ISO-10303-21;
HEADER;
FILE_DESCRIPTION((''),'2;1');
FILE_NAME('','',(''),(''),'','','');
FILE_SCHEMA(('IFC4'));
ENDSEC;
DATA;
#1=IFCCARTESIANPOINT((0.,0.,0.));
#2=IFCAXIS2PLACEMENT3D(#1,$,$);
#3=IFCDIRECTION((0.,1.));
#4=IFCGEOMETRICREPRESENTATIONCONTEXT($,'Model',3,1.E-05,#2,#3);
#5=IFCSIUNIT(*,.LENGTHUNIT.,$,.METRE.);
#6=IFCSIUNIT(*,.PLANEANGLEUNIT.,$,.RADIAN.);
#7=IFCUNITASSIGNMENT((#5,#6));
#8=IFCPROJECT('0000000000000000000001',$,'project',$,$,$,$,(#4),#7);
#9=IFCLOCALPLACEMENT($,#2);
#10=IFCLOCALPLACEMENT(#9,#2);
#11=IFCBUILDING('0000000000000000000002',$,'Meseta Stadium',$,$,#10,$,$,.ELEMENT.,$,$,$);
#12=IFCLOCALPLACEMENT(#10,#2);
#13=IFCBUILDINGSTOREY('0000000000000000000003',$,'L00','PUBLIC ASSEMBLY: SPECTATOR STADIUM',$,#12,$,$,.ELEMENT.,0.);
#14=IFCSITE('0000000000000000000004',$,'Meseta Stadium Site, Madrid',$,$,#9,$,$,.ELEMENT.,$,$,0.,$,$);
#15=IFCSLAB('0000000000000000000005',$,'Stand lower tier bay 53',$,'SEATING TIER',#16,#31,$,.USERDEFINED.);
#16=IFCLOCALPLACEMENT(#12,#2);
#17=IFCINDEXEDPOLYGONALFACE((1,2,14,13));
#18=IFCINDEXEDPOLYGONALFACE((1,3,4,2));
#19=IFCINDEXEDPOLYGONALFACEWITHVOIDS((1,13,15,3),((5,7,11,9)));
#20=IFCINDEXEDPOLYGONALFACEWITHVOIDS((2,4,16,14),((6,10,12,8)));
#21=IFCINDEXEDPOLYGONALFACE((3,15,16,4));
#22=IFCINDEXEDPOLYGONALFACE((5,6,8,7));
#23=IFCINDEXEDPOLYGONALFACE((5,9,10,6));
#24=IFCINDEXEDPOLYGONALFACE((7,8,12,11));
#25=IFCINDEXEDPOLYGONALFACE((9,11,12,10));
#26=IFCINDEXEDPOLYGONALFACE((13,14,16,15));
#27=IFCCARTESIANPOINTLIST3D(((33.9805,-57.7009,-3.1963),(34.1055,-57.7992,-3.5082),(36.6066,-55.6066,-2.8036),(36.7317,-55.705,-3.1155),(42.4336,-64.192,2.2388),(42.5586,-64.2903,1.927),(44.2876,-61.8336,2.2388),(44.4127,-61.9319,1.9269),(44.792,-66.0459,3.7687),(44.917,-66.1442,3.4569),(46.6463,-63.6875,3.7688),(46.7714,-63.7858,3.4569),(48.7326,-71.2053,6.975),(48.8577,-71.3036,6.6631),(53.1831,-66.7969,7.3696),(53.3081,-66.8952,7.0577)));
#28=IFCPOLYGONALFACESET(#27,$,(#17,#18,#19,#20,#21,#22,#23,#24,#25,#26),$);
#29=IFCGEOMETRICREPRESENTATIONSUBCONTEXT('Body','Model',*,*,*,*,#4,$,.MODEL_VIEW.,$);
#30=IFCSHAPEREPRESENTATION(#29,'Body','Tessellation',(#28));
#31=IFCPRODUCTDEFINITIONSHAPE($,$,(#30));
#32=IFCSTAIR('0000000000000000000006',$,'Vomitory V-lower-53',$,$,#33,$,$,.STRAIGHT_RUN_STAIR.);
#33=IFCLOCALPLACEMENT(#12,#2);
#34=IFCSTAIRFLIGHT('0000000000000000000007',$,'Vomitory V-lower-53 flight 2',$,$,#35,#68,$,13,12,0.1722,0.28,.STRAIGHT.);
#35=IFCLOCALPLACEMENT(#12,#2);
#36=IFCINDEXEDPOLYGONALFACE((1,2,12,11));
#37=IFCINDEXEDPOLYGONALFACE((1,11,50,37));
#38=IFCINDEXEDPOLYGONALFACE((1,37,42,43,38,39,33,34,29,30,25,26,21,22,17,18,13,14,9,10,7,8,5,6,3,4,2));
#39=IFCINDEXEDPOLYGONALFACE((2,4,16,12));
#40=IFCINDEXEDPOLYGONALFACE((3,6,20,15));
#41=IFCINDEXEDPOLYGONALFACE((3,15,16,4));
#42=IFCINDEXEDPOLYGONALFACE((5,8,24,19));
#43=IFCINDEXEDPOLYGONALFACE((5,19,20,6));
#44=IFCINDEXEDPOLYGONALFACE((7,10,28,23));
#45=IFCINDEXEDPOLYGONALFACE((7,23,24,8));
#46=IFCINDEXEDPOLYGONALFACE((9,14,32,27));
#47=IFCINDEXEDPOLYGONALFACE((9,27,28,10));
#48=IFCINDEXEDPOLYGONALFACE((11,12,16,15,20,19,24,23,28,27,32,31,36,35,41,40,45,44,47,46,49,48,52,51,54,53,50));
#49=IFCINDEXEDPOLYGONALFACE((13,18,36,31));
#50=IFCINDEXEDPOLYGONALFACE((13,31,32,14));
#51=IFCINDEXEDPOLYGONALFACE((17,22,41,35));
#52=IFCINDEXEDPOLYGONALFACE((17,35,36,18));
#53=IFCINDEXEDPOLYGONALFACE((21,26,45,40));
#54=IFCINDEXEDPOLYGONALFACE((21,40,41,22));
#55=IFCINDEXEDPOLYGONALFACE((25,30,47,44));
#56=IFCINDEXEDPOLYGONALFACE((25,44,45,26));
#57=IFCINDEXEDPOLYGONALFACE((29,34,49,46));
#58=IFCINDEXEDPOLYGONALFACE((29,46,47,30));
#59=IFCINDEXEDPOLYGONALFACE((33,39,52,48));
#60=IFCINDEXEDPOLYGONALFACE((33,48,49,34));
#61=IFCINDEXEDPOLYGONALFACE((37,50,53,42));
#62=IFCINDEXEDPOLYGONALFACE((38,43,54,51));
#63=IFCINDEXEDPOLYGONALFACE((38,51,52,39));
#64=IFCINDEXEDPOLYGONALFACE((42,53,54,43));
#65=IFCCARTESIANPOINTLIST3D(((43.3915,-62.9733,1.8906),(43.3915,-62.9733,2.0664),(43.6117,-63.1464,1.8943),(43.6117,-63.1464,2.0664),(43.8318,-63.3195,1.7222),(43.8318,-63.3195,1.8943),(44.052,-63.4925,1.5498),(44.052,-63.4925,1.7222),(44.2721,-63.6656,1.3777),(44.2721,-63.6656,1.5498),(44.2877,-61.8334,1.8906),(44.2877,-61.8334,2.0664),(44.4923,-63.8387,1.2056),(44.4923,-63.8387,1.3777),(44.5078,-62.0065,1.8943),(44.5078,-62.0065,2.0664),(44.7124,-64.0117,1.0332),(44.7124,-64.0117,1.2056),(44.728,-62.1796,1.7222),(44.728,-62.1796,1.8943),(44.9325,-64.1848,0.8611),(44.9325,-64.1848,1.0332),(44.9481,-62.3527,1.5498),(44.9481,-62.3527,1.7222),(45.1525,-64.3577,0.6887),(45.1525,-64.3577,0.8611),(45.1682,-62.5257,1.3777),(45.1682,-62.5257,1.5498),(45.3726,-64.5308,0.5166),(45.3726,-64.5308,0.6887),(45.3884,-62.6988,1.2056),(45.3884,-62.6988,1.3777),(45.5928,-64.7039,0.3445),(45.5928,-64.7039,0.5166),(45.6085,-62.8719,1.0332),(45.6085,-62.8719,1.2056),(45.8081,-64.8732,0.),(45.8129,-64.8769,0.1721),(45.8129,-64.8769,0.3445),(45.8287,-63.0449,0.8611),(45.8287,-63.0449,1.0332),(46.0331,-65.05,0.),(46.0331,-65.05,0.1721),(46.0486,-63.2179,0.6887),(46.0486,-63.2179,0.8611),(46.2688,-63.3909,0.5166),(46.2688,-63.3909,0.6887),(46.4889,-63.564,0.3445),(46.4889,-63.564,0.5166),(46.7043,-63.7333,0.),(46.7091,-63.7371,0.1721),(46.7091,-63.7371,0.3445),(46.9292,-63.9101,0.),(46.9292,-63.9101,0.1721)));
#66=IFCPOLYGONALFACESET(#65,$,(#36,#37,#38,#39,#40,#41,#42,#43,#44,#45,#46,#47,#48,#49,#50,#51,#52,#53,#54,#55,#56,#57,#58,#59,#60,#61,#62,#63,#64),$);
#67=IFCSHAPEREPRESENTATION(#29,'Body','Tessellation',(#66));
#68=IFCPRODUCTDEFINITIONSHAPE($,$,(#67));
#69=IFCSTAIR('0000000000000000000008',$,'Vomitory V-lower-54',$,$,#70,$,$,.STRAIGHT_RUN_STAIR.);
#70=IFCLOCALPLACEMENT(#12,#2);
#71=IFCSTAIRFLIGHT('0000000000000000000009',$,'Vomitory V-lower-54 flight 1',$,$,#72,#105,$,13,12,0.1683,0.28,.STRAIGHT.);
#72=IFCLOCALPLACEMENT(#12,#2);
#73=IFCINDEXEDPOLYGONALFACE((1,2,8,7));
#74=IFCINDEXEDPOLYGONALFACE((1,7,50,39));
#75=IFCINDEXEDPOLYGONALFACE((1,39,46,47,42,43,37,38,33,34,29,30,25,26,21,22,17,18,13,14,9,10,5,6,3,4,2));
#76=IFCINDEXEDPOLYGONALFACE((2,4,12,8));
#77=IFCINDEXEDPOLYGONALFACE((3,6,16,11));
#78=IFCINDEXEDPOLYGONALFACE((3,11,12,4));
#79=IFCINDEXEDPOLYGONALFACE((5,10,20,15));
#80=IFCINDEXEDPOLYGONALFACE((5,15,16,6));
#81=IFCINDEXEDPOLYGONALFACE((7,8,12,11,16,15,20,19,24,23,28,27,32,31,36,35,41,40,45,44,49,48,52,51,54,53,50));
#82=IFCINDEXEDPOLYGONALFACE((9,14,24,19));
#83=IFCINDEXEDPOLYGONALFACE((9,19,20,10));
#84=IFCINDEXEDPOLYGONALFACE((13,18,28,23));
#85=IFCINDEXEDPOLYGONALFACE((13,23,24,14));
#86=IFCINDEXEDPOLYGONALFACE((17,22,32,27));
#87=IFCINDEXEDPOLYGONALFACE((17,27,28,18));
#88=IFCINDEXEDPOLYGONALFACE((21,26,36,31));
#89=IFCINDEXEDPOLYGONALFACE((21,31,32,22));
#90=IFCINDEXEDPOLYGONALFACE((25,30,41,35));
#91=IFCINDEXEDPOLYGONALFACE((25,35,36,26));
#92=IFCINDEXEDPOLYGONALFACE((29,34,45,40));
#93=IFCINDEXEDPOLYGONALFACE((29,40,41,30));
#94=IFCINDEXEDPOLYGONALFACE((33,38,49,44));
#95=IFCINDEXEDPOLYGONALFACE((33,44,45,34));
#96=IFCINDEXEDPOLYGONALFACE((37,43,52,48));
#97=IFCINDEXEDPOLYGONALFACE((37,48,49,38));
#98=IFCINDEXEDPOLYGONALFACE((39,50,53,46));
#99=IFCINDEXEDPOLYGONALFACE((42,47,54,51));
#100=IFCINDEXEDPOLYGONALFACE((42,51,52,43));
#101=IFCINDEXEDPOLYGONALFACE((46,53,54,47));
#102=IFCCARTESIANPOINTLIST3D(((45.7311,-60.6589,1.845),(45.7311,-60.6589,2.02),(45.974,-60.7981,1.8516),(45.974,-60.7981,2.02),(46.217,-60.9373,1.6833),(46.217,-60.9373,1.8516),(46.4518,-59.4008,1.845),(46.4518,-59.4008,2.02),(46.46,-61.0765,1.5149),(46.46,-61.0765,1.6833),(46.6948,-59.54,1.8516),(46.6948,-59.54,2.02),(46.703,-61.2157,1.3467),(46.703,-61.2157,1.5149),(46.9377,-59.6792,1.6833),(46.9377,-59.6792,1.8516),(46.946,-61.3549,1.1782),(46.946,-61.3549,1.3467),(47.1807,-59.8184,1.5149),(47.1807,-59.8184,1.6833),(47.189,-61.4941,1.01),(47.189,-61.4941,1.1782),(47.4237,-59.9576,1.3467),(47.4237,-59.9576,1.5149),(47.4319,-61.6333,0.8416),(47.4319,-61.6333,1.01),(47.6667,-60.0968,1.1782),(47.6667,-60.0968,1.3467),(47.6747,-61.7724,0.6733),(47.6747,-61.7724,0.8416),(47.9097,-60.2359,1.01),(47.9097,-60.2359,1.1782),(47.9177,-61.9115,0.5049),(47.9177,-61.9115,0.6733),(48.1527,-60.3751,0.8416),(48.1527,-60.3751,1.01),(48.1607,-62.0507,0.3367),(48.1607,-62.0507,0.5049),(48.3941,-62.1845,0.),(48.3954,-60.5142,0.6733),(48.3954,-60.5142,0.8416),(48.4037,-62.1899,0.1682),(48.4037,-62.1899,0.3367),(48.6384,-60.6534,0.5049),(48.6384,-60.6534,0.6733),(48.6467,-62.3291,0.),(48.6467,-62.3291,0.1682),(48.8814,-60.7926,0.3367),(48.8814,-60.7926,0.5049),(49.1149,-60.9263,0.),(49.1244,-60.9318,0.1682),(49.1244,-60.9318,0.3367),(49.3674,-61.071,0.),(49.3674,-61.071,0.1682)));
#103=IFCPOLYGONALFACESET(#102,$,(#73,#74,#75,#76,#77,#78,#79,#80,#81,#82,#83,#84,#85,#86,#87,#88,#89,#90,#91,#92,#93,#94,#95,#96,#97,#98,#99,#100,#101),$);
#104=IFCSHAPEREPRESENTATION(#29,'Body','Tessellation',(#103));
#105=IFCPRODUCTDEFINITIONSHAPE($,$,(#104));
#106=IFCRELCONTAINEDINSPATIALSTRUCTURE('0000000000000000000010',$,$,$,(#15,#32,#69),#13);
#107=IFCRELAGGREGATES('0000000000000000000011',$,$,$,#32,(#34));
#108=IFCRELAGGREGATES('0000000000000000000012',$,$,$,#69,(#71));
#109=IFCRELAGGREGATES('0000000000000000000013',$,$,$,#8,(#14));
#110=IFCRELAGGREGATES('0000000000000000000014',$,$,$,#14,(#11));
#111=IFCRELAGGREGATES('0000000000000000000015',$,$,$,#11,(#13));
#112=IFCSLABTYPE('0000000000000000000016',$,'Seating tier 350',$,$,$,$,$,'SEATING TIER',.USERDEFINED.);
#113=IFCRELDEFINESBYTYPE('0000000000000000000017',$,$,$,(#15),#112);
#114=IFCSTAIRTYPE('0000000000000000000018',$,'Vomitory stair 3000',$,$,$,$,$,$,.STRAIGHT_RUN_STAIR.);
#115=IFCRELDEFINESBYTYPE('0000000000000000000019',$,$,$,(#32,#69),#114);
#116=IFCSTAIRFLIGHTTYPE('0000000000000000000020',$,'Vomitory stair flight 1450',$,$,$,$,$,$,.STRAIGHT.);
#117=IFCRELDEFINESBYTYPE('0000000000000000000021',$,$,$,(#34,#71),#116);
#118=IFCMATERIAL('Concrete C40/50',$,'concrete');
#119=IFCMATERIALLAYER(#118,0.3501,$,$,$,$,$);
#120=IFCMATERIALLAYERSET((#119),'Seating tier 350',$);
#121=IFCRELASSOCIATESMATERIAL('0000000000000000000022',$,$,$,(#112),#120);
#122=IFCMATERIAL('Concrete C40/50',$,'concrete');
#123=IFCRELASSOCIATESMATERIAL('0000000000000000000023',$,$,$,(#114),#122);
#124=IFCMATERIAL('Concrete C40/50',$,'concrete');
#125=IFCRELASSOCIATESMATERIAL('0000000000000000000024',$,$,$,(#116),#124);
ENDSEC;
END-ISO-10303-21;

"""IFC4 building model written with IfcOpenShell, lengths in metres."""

from ifc_helpers import new_model, si_unit, direction, frame, origin, place, context, subcontext, project, spatial, polyline, outline, extrude, material, layer, layer_set, type_object, element, aggregate, save


model = new_model("IFC4")

# Units and contexts
model_context = context("Model", 3, precision=1e-05, world=origin(), true_north=direction((0.0, 1.0)))
body_context = subcontext(model_context, "Body", "Model", "MODEL_VIEW")
ifc_project = project(units=[si_unit("LENGTHUNIT", "METRE"), si_unit("PLANEANGLEUNIT", "RADIAN")], contexts=[model_context])

# Site, building, storey
site_placement = place(None, origin())
site = spatial("IfcSite", under=ifc_project, at=site_placement, Name="Meseta Stadium Site, Madrid", CompositionType="ELEMENT", RefElevation=0.0)
building_placement = place(site_placement, origin())
building = spatial("IfcBuilding", under=site, at=building_placement, Name="Meseta Stadium", CompositionType="ELEMENT")
storey_placement = place(building_placement, origin())
storey = spatial("IfcBuildingStorey", under=building, at=storey_placement, Name="L00", Description="PUBLIC ASSEMBLY: SPECTATOR STADIUM", CompositionType="ELEMENT", Elevation=0.0)

# Slab
ifc_material_1 = material(Name="Concrete C40/50", Category="concrete")
ifc_layer_1 = layer(ifc_material_1, 0.3501)
ifc_layer_set_1 = layer_set([ifc_layer_1], Name="Seating tier 350")
slab_type = type_object("IfcSlabType", Name="Seating tier 350", ElementType="SEATING TIER", PredefinedType="USERDEFINED", material=ifc_layer_set_1)
slab_1_placement = place(storey_placement, frame((33.9805, -57.7009, -3.1963), z_axis=(-0.357151, 0.280812, 0.890835), x_axis=(0.657473, -0.601861, 0.453313)))
element("IfcSlab", 1, at=slab_1_placement, inside=storey, type_object=slab_type, Name="Stand lower tier bay 53", ObjectType="SEATING TIER", PredefinedType="USERDEFINED", context=body_context, shape_type="SweptSolid", body=[
    extrude(outline(polyline([(0.0, 0.0), (22.4376, 0.0), (22.8894, 6.2604), (0.6442, 3.3199), (0.0, 0.0)]), holes=[polyline([(11.9282, 0.9204), (15.2881, 1.1455), (15.0879, 4.1389), (11.7278, 3.9136), (11.9282, 0.9204)])]), origin(), (0.0, 0.0, -1.0), 0.3501),
])

# Stairs, stair flights
ifc_material_2 = material(Name="Concrete C40/50", Category="concrete")
stair_type = type_object("IfcStairType", Name="Vomitory stair 3000", PredefinedType="STRAIGHT_RUN_STAIR", material=ifc_material_2)
stair_1_placement = place(storey_placement, origin())
stair_1 = element("IfcStair", 2, at=stair_1_placement, inside=storey, type_object=stair_type, Name="Vomitory V-lower-53", PredefinedType="STRAIGHT_RUN_STAIR")
ifc_material_3 = material(Name="Concrete C40/50", Category="concrete")
stair_flight_type = type_object("IfcStairFlightType", Name="Vomitory stair flight 1450", PredefinedType="STRAIGHT", material=ifc_material_3)
stair_flight_1_placement = place(storey_placement, frame((46.4812, -64.48, 0.0), z_axis=(0.0, 0.0, 1.0), x_axis=(-0.786142, 0.618046, 0.0)))
stair_flight_1 = element("IfcStairFlight", 3, at=stair_flight_1_placement, type_object=stair_flight_type, Name="Vomitory V-lower-53 flight 2", NumberOfRisers=13, NumberOfTreads=12, PredefinedType="STRAIGHT", RiserHeight=0.1722, TreadLength=0.28, context=body_context, shape_type="SweptSolid", body=[
    extrude(outline(polyline([(0.0, 0.0), (0.0, 0.1721), (0.28, 0.1721), (0.28, 0.3445), (0.5601, 0.3445), (0.5601, 0.5166), (0.8401, 0.5166), (0.8401, 0.6887), (1.1201, 0.6887), (1.1201, 0.8611), (1.3999, 0.8611), (1.3999, 1.0332), (1.6799, 1.0332), (1.6799, 1.2056), (1.96, 1.2056), (1.96, 1.3777), (2.24, 1.3777), (2.24, 1.5498), (2.52, 1.5498), (2.52, 1.7222), (2.8, 1.7222), (2.8, 1.8943), (3.0801, 1.8943), (3.0801, 2.0664), (3.3601, 2.0664), (3.3601, 1.8906), (0.2861, 0.0), (0.0, 0.0)])), frame((0.0, 0.7251, 0.0), z_axis=(0.0, -1.0, 0.0), x_axis=(1.0, 0.0, 0.0)), (0.0, 0.0, 1.0), 1.45),
])
aggregate(stair_1, [stair_flight_1])
stair_2_placement = place(storey_placement, origin())
stair_2 = element("IfcStair", 4, at=stair_2_placement, inside=storey, type_object=stair_type, Name="Vomitory V-lower-54", PredefinedType="STRAIGHT_RUN_STAIR")
stair_flight_2_placement = place(storey_placement, frame((49.0071, -61.7, 0.0), z_axis=(0.0, 0.0, 1.0), x_axis=(-0.867712, 0.497068, 0.0)))
stair_flight_2 = element("IfcStairFlight", 5, at=stair_flight_2_placement, type_object=stair_flight_type, Name="Vomitory V-lower-54 flight 1", NumberOfRisers=13, NumberOfTreads=12, PredefinedType="STRAIGHT", RiserHeight=0.1683, TreadLength=0.28, context=body_context, shape_type="SweptSolid", body=[
    extrude(outline(polyline([(0.0, 0.0), (0.0, 0.1682), (0.28, 0.1682), (0.28, 0.3367), (0.5601, 0.3367), (0.5601, 0.5049), (0.8401, 0.5049), (0.8401, 0.6733), (1.1201, 0.6733), (1.1201, 0.8416), (1.3999, 0.8416), (1.3999, 1.01), (1.6799, 1.01), (1.6799, 1.1782), (1.96, 1.1782), (1.96, 1.3467), (2.24, 1.3467), (2.24, 1.5149), (2.52, 1.5149), (2.52, 1.6833), (2.8, 1.6833), (2.8, 1.8516), (3.0801, 1.8516), (3.0801, 2.02), (3.3601, 2.02), (3.3601, 1.845), (0.291, 0.0), (0.0, 0.0)])), frame((0.0, 0.7251, 0.0), z_axis=(0.0, -1.0, 0.0), x_axis=(1.0, 0.0, 0.0)), (0.0, 0.0, 1.0), 1.45),
])
aggregate(stair_2, [stair_flight_2])

save(model, "model.ifc")
